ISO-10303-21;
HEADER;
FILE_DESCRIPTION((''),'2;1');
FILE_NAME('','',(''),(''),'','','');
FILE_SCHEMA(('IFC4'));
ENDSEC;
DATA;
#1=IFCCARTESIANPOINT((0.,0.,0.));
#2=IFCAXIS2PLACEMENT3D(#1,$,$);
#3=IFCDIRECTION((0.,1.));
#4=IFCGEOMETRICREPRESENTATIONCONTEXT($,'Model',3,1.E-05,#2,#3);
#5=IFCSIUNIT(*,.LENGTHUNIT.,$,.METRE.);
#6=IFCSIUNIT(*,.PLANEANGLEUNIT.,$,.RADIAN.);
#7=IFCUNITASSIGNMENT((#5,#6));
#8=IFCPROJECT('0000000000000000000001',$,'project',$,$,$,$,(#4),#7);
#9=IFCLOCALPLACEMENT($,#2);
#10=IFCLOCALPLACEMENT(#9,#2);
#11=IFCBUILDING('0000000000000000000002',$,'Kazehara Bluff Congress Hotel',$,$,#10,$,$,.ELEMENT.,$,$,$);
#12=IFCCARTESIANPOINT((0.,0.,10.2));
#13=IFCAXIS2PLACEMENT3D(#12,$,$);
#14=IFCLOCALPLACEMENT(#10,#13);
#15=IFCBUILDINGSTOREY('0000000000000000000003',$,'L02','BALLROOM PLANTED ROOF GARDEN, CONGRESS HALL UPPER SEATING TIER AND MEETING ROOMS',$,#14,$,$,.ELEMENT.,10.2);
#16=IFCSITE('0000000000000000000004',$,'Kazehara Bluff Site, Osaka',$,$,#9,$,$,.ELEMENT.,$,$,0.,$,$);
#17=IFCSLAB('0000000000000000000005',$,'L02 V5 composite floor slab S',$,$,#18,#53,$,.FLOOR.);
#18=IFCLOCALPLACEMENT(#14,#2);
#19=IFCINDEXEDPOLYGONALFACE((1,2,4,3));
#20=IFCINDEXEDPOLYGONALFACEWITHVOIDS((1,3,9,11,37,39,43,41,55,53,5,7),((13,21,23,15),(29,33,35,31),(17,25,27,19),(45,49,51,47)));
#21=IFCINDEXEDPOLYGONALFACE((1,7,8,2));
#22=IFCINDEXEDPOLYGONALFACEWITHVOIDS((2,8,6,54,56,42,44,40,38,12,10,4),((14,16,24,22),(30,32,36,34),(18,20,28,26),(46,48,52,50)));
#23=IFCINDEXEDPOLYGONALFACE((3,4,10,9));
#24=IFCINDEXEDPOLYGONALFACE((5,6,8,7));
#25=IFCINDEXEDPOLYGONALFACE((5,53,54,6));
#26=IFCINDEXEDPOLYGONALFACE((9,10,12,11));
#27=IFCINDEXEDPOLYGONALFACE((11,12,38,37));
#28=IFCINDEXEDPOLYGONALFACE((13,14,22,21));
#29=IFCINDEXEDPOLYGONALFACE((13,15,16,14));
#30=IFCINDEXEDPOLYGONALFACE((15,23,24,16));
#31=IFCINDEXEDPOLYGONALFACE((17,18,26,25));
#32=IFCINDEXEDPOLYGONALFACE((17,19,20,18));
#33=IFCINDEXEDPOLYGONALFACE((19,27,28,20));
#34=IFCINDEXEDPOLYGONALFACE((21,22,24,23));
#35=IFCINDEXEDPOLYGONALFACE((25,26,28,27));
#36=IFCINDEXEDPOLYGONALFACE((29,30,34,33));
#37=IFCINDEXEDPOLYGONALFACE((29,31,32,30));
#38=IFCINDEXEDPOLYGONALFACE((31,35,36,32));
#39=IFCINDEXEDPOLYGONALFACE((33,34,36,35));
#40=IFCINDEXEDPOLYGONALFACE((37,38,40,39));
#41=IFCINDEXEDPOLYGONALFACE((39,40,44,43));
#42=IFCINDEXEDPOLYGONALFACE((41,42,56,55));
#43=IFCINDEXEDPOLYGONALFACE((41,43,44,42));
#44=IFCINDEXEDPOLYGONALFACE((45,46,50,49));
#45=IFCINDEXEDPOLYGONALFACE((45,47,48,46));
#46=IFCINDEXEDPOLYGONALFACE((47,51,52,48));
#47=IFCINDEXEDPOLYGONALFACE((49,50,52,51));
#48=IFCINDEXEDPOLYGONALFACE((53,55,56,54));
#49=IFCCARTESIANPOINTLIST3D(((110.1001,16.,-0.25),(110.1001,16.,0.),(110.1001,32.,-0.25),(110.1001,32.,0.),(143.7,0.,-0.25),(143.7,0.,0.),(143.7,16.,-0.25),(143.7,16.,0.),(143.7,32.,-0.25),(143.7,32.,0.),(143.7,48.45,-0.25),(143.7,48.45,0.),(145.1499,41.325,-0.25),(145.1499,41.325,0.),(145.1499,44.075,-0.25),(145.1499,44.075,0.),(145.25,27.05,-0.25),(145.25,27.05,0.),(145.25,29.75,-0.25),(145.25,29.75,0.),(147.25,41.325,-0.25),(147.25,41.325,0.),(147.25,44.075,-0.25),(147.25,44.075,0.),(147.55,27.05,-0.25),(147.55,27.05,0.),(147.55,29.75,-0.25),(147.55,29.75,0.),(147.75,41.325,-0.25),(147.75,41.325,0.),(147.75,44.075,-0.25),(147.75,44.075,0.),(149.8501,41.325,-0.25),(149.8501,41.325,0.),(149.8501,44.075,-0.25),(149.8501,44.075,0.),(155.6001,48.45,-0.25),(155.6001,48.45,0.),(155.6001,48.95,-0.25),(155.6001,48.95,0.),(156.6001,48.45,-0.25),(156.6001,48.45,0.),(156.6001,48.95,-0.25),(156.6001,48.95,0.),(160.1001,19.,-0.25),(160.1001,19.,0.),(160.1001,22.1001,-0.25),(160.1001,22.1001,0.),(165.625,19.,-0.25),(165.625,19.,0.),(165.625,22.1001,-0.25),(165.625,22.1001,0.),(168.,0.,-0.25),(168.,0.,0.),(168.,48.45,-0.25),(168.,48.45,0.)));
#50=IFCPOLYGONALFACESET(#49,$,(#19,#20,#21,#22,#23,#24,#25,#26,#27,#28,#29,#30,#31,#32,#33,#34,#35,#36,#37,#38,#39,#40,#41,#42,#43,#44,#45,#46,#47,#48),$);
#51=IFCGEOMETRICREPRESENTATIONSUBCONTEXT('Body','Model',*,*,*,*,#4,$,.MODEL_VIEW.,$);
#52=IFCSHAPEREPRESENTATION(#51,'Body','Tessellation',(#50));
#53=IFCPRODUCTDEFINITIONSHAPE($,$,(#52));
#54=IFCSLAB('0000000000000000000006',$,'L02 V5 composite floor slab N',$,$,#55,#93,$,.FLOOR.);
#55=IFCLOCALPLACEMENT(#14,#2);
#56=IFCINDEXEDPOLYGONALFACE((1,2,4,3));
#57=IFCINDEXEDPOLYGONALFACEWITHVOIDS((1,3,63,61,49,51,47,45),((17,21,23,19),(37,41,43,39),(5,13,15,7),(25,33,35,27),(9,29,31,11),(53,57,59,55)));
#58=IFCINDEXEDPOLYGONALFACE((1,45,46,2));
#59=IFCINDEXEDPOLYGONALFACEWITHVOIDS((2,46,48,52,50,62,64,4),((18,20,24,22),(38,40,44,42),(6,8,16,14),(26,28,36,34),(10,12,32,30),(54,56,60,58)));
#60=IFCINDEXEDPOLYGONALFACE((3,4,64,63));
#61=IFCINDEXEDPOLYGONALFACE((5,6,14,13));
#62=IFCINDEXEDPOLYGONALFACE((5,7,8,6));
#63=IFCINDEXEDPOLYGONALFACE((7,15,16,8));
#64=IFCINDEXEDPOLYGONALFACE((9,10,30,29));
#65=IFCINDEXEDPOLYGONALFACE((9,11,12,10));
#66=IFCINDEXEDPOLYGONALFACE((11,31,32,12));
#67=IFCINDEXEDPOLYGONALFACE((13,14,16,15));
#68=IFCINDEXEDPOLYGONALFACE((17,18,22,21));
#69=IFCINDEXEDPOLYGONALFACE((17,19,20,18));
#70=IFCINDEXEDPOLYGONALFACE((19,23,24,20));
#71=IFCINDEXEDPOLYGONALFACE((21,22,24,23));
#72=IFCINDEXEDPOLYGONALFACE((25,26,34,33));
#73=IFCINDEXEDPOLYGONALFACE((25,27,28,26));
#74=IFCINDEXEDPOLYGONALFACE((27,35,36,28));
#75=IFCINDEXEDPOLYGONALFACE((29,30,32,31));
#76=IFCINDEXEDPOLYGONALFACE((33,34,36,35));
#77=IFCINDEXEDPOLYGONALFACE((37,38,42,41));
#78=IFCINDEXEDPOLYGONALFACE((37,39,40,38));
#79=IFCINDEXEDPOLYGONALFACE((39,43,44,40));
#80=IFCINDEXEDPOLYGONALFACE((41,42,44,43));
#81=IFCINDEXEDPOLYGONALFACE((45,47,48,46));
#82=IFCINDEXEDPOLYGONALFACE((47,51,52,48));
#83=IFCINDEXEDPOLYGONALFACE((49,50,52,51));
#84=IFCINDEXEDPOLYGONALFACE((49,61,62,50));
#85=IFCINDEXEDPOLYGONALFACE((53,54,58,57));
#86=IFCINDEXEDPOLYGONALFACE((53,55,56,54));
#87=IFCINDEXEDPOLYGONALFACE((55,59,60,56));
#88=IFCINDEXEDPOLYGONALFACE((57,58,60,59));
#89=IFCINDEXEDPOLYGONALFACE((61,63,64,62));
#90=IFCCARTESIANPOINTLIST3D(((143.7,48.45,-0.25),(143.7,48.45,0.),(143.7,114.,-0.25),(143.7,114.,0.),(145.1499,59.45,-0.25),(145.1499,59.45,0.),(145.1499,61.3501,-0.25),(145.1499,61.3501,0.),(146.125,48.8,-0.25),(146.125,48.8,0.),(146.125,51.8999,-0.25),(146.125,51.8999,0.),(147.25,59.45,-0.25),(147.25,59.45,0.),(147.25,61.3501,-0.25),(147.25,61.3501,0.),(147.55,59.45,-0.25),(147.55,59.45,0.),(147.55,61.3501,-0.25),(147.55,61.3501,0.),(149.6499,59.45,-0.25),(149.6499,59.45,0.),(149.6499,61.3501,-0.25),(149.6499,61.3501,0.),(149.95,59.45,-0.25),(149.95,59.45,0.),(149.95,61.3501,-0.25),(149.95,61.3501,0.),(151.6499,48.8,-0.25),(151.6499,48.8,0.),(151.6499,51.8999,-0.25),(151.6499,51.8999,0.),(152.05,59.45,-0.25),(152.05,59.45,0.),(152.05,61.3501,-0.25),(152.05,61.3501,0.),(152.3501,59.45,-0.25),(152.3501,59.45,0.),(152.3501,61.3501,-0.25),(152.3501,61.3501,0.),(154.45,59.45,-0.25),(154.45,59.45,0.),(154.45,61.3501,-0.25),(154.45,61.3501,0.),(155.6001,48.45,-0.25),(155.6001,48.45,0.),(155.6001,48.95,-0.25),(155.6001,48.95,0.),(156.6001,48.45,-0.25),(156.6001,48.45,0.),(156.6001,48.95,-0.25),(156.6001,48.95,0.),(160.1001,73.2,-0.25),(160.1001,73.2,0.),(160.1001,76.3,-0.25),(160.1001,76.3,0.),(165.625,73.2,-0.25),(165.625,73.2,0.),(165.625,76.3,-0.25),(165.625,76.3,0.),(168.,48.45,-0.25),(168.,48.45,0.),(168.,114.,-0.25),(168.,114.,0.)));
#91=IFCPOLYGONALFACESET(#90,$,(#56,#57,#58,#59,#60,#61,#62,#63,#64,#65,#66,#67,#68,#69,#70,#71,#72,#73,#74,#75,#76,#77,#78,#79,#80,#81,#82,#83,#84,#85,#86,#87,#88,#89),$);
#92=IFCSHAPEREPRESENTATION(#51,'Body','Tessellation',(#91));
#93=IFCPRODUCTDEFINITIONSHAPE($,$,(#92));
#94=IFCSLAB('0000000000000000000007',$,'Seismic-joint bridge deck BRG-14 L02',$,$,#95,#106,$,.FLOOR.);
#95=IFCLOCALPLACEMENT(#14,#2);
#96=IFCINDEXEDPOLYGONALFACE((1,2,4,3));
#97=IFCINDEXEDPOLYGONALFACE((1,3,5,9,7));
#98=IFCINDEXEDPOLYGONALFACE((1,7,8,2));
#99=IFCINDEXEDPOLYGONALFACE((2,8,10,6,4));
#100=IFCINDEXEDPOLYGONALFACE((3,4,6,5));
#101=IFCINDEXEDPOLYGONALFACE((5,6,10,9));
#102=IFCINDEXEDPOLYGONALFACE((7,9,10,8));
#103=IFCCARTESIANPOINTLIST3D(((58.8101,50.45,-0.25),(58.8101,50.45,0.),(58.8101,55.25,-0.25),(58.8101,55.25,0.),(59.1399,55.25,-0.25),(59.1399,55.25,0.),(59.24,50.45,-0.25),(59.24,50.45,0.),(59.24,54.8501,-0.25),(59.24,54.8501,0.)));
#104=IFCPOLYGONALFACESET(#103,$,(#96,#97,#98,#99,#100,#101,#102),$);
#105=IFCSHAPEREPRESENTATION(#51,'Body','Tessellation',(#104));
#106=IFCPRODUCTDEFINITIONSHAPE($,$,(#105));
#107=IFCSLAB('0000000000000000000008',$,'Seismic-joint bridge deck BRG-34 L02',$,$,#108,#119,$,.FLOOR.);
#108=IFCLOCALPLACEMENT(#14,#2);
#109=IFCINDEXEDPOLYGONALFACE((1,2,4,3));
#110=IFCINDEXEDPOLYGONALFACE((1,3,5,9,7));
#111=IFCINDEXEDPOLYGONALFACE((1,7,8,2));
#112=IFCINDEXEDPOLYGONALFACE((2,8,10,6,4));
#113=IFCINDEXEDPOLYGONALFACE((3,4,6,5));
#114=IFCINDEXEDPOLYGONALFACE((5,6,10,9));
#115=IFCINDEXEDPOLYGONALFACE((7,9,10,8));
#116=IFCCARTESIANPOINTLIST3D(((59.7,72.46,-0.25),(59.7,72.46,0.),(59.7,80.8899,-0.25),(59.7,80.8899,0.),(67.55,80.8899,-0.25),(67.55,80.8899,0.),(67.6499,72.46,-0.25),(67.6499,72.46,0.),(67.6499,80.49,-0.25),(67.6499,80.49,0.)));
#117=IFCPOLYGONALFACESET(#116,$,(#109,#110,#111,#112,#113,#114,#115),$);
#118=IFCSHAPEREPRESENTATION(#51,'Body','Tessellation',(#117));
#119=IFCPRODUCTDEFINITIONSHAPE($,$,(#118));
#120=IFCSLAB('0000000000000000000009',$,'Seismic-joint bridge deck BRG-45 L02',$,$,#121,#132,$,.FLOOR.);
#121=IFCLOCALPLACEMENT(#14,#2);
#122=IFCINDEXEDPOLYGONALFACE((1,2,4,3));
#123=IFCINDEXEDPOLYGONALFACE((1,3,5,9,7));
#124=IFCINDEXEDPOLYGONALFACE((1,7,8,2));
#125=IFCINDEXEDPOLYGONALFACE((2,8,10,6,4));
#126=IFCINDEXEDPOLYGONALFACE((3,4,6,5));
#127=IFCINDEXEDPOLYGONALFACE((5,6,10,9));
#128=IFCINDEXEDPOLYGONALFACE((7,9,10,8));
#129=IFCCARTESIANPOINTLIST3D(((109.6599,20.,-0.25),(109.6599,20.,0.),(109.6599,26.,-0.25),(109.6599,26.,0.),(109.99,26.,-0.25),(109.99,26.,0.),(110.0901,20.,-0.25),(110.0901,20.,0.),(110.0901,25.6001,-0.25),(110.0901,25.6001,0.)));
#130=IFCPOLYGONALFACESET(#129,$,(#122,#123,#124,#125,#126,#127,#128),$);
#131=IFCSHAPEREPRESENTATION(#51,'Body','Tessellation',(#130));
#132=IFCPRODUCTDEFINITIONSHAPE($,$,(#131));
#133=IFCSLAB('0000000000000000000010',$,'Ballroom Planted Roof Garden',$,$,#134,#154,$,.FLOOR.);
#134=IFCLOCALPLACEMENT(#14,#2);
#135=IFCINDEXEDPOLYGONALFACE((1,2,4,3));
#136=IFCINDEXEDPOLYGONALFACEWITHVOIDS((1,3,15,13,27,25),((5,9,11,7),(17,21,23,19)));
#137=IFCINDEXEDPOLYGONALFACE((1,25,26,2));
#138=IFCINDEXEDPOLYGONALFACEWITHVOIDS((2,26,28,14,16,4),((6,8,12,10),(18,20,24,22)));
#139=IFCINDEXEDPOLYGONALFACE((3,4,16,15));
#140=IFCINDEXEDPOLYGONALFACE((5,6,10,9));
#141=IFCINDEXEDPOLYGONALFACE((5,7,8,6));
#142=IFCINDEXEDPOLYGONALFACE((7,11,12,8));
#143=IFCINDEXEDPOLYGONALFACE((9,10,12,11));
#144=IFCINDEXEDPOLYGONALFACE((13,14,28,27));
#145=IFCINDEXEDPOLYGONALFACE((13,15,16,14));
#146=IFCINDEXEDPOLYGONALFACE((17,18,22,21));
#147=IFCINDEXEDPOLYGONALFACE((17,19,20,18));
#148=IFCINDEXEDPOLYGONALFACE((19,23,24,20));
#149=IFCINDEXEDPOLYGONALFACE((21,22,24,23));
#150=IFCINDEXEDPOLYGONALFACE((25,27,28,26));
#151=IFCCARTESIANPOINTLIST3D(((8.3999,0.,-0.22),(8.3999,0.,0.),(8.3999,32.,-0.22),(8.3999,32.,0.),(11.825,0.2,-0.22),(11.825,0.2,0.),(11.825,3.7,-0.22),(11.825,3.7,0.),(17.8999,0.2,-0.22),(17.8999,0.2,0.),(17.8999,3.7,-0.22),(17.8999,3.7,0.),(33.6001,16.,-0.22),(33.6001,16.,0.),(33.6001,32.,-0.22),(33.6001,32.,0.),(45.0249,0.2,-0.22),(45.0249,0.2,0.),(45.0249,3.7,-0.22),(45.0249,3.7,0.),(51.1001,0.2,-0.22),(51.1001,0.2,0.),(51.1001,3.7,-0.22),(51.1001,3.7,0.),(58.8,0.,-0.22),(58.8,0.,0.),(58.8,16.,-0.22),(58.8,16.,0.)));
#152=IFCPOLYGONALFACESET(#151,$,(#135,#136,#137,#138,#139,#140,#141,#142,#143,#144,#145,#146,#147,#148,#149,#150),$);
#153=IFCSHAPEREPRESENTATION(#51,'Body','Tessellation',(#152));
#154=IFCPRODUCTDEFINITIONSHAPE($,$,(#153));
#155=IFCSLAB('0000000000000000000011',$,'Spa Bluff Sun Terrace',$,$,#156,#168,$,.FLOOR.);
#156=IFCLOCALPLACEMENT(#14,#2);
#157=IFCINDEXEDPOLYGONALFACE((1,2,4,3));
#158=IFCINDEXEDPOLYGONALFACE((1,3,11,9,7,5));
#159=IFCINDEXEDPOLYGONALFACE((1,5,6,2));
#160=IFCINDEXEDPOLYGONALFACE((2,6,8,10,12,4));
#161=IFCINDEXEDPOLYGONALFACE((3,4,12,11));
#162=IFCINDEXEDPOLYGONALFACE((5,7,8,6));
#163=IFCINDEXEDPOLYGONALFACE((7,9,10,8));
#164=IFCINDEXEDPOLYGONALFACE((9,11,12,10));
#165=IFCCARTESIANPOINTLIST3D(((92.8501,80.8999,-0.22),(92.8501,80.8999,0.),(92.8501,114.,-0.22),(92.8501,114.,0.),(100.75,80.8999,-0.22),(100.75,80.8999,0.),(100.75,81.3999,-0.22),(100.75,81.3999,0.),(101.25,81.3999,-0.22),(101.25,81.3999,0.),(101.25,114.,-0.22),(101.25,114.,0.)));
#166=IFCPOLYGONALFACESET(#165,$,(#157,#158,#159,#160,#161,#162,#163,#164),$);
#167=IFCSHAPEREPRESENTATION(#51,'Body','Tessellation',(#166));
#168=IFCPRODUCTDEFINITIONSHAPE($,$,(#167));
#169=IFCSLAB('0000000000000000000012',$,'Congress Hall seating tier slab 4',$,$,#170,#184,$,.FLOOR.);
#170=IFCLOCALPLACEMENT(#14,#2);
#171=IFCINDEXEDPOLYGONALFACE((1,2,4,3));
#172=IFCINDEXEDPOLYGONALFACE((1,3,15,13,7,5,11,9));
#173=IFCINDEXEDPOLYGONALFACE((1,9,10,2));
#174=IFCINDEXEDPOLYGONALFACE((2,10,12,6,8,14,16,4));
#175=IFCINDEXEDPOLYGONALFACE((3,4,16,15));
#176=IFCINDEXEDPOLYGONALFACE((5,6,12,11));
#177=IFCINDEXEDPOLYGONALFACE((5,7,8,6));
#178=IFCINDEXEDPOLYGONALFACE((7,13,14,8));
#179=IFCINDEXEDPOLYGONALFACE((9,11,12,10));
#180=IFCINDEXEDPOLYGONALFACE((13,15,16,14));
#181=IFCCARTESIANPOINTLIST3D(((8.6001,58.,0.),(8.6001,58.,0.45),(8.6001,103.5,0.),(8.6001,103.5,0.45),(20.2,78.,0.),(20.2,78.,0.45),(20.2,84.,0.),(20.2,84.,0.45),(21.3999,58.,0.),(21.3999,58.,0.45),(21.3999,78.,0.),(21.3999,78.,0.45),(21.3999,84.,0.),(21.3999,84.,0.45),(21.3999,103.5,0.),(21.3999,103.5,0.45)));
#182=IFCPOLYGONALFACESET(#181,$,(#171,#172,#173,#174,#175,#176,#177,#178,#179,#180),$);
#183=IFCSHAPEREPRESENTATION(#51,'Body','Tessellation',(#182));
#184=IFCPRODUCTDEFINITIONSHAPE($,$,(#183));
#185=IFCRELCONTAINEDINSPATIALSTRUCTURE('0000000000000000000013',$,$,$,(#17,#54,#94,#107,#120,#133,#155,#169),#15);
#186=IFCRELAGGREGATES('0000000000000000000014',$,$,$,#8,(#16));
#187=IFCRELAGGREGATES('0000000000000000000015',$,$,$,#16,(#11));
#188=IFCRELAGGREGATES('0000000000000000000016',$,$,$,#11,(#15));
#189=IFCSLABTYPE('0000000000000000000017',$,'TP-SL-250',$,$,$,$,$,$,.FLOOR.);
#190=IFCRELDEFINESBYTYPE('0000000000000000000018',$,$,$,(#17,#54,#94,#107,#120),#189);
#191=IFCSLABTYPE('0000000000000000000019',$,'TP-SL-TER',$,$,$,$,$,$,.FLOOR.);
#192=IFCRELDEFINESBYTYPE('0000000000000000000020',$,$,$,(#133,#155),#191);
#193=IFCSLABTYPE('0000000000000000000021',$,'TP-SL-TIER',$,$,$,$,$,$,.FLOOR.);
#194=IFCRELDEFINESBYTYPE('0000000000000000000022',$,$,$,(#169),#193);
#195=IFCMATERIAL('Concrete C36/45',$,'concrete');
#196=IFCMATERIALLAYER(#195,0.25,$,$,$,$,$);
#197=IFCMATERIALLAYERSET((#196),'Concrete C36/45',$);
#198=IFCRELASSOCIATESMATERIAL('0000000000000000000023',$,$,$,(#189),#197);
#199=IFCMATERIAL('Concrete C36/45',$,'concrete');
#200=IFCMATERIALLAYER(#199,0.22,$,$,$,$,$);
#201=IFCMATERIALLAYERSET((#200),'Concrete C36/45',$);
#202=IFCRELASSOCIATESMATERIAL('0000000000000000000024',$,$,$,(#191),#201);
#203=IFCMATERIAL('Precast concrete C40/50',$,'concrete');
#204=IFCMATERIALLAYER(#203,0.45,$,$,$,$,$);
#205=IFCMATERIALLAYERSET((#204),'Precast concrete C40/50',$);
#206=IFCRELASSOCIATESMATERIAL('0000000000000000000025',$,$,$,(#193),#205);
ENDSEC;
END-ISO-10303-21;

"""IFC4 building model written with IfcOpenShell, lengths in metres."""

from ifc_helpers import new_model, si_unit, direction, frame, origin, place, context, subcontext, project, spatial, polyline, outline, extrude, material, layer, layer_set, type_object, element, save


model = new_model("IFC4")

# Units and contexts
model_context = context("Model", 3, precision=1e-05, world=origin(), true_north=direction((0.0, 1.0)))
body_context = subcontext(model_context, "Body", "Model", "MODEL_VIEW")
ifc_project = project(units=[si_unit("LENGTHUNIT", "METRE"), si_unit("PLANEANGLEUNIT", "RADIAN")], contexts=[model_context])

# Site, building, storey
site_placement = place(None, origin())
site = spatial("IfcSite", under=ifc_project, at=site_placement, Name="Kazehara Bluff Site, Osaka", CompositionType="ELEMENT", RefElevation=0.0)
building_placement = place(site_placement, origin())
building = spatial("IfcBuilding", under=site, at=building_placement, Name="Kazehara Bluff Congress Hotel", CompositionType="ELEMENT")
storey_placement = place(building_placement, frame((0.0, 0.0, 10.2)))
storey = spatial("IfcBuildingStorey", under=building, at=storey_placement, Name="L02", Description="BALLROOM PLANTED ROOF GARDEN, CONGRESS HALL UPPER SEATING TIER AND MEETING ROOMS", CompositionType="ELEMENT", Elevation=10.2)

# Slabs
ifc_material_1 = material(Name="Concrete C36/45", Category="concrete")
ifc_layer_1 = layer(ifc_material_1, 0.25)
ifc_layer_set_1 = layer_set([ifc_layer_1], Name="Concrete C36/45")
slab_type_1 = type_object("IfcSlabType", Name="TP-SL-250", PredefinedType="FLOOR", material=ifc_layer_set_1)
slab_1_placement = place(storey_placement, frame((0.0, 0.0, -0.25)))
element("IfcSlab", 1, at=slab_1_placement, inside=storey, type_object=slab_type_1, Name="L02 V5 composite floor slab S", PredefinedType="FLOOR", context=body_context, shape_type="SweptSolid", body=[
    extrude(outline(polyline([(143.7, 0.0), (143.7, 16.0), (110.1001, 16.0), (110.1001, 32.0), (143.7, 32.0), (143.7, 48.45), (155.6001, 48.45), (155.6001, 48.95), (156.6001, 48.95), (156.6001, 48.45), (168.0, 48.45), (168.0, 0.0), (143.7, 0.0)]), holes=[polyline([(165.625, 22.1001), (160.1001, 22.1001), (160.1001, 19.0), (165.625, 19.0), (165.625, 22.1001)]), polyline([(145.1499, 41.325), (147.25, 41.325), (147.25, 44.075), (145.1499, 44.075), (145.1499, 41.325)]), polyline([(147.75, 41.325), (149.8501, 41.325), (149.8501, 44.075), (147.75, 44.075), (147.75, 41.325)]), polyline([(145.25, 27.05), (147.55, 27.05), (147.55, 29.75), (145.25, 29.75), (145.25, 27.05)])]), origin(), (0.0, 0.0, 1.0), 0.25),
])
slab_2_placement = place(storey_placement, frame((0.0, 0.0, -0.25)))
element("IfcSlab", 2, at=slab_2_placement, inside=storey, type_object=slab_type_1, Name="L02 V5 composite floor slab N", PredefinedType="FLOOR", context=body_context, shape_type="SweptSolid", body=[
    extrude(outline(polyline([(168.0, 114.0), (168.0, 48.45), (156.6001, 48.45), (156.6001, 48.95), (155.6001, 48.95), (155.6001, 48.45), (143.7, 48.45), (143.7, 114.0), (168.0, 114.0)]), holes=[polyline([(146.125, 48.8), (151.6499, 48.8), (151.6499, 51.8999), (146.125, 51.8999), (146.125, 48.8)]), polyline([(165.625, 76.3), (160.1001, 76.3), (160.1001, 73.2), (165.625, 73.2), (165.625, 76.3)]), polyline([(145.1499, 59.45), (147.25, 59.45), (147.25, 61.3501), (145.1499, 61.3501), (145.1499, 59.45)]), polyline([(147.55, 59.45), (149.6499, 59.45), (149.6499, 61.3501), (147.55, 61.3501), (147.55, 59.45)]), polyline([(149.95, 59.45), (152.05, 59.45), (152.05, 61.3501), (149.95, 61.3501), (149.95, 59.45)]), polyline([(152.3501, 59.45), (154.45, 59.45), (154.45, 61.3501), (152.3501, 61.3501), (152.3501, 59.45)])]), origin(), (0.0, 0.0, 1.0), 0.25),
])
slab_3_placement = place(storey_placement, frame((0.0, 0.0, -0.25)))
element("IfcSlab", 3, at=slab_3_placement, inside=storey, type_object=slab_type_1, Name="Seismic-joint bridge deck BRG-14 L02", PredefinedType="FLOOR", context=body_context, shape_type="SweptSolid", body=[
    extrude(outline(polyline([(58.8101, 50.45), (59.24, 50.45), (59.24, 54.8501), (59.1399, 55.25), (58.8101, 55.25), (58.8101, 50.45)])), origin(), (0.0, 0.0, 1.0), 0.25),
])
slab_4_placement = place(storey_placement, frame((0.0, 0.0, -0.25)))
element("IfcSlab", 4, at=slab_4_placement, inside=storey, type_object=slab_type_1, Name="Seismic-joint bridge deck BRG-34 L02", PredefinedType="FLOOR", context=body_context, shape_type="SweptSolid", body=[
    extrude(outline(polyline([(59.7, 72.46), (67.6499, 72.46), (67.6499, 80.49), (67.55, 80.8899), (59.7, 80.8899), (59.7, 72.46)])), origin(), (0.0, 0.0, 1.0), 0.25),
])
slab_5_placement = place(storey_placement, frame((0.0, 0.0, -0.25)))
element("IfcSlab", 5, at=slab_5_placement, inside=storey, type_object=slab_type_1, Name="Seismic-joint bridge deck BRG-45 L02", PredefinedType="FLOOR", context=body_context, shape_type="SweptSolid", body=[
    extrude(outline(polyline([(109.6599, 20.0), (110.0901, 20.0), (110.0901, 25.6001), (109.99, 26.0), (109.6599, 26.0), (109.6599, 20.0)])), origin(), (0.0, 0.0, 1.0), 0.25),
])
ifc_material_2 = material(Name="Concrete C36/45", Category="concrete")
ifc_layer_2 = layer(ifc_material_2, 0.22)
ifc_layer_set_2 = layer_set([ifc_layer_2], Name="Concrete C36/45")
slab_type_2 = type_object("IfcSlabType", Name="TP-SL-TER", PredefinedType="FLOOR", material=ifc_layer_set_2)
slab_6_placement = place(storey_placement, frame((0.0, 0.0, -0.22)))
element("IfcSlab", 6, at=slab_6_placement, inside=storey, type_object=slab_type_2, Name="Ballroom Planted Roof Garden", PredefinedType="FLOOR", context=body_context, shape_type="SweptSolid", body=[
    extrude(outline(polyline([(8.3999, 0.0), (58.8, 0.0), (58.8, 16.0), (33.6001, 16.0), (33.6001, 32.0), (8.3999, 32.0), (8.3999, 0.0)]), holes=[polyline([(11.825, 0.2), (17.8999, 0.2), (17.8999, 3.7), (11.825, 3.7), (11.825, 0.2)]), polyline([(45.0249, 0.2), (51.1001, 0.2), (51.1001, 3.7), (45.0249, 3.7), (45.0249, 0.2)])]), origin(), (0.0, 0.0, 1.0), 0.22),
])
slab_7_placement = place(storey_placement, frame((0.0, 0.0, -0.22)))
element("IfcSlab", 7, at=slab_7_placement, inside=storey, type_object=slab_type_2, Name="Spa Bluff Sun Terrace", PredefinedType="FLOOR", context=body_context, shape_type="SweptSolid", body=[
    extrude(outline(polyline([(92.8501, 80.8999), (100.75, 80.8999), (100.75, 81.3999), (101.25, 81.3999), (101.25, 114.0), (92.8501, 114.0), (92.8501, 80.8999)])), origin(), (0.0, 0.0, 1.0), 0.22),
])
ifc_material_3 = material(Name="Precast concrete C40/50", Category="concrete")
ifc_layer_3 = layer(ifc_material_3, 0.45)
ifc_layer_set_3 = layer_set([ifc_layer_3], Name="Precast concrete C40/50")
slab_type_3 = type_object("IfcSlabType", Name="TP-SL-TIER", PredefinedType="FLOOR", material=ifc_layer_set_3)
slab_8_placement = place(storey_placement, origin())
element("IfcSlab", 8, at=slab_8_placement, inside=storey, type_object=slab_type_3, Name="Congress Hall seating tier slab 4", PredefinedType="FLOOR", context=body_context, shape_type="SweptSolid", body=[
    extrude(outline(polyline([(8.6001, 58.0), (21.3999, 58.0), (21.3999, 78.0), (20.2, 78.0), (20.2, 84.0), (21.3999, 84.0), (21.3999, 103.5), (8.6001, 103.5), (8.6001, 58.0)])), origin(), (0.0, 0.0, 1.0), 0.45),
])

save(model, "model.ifc")
